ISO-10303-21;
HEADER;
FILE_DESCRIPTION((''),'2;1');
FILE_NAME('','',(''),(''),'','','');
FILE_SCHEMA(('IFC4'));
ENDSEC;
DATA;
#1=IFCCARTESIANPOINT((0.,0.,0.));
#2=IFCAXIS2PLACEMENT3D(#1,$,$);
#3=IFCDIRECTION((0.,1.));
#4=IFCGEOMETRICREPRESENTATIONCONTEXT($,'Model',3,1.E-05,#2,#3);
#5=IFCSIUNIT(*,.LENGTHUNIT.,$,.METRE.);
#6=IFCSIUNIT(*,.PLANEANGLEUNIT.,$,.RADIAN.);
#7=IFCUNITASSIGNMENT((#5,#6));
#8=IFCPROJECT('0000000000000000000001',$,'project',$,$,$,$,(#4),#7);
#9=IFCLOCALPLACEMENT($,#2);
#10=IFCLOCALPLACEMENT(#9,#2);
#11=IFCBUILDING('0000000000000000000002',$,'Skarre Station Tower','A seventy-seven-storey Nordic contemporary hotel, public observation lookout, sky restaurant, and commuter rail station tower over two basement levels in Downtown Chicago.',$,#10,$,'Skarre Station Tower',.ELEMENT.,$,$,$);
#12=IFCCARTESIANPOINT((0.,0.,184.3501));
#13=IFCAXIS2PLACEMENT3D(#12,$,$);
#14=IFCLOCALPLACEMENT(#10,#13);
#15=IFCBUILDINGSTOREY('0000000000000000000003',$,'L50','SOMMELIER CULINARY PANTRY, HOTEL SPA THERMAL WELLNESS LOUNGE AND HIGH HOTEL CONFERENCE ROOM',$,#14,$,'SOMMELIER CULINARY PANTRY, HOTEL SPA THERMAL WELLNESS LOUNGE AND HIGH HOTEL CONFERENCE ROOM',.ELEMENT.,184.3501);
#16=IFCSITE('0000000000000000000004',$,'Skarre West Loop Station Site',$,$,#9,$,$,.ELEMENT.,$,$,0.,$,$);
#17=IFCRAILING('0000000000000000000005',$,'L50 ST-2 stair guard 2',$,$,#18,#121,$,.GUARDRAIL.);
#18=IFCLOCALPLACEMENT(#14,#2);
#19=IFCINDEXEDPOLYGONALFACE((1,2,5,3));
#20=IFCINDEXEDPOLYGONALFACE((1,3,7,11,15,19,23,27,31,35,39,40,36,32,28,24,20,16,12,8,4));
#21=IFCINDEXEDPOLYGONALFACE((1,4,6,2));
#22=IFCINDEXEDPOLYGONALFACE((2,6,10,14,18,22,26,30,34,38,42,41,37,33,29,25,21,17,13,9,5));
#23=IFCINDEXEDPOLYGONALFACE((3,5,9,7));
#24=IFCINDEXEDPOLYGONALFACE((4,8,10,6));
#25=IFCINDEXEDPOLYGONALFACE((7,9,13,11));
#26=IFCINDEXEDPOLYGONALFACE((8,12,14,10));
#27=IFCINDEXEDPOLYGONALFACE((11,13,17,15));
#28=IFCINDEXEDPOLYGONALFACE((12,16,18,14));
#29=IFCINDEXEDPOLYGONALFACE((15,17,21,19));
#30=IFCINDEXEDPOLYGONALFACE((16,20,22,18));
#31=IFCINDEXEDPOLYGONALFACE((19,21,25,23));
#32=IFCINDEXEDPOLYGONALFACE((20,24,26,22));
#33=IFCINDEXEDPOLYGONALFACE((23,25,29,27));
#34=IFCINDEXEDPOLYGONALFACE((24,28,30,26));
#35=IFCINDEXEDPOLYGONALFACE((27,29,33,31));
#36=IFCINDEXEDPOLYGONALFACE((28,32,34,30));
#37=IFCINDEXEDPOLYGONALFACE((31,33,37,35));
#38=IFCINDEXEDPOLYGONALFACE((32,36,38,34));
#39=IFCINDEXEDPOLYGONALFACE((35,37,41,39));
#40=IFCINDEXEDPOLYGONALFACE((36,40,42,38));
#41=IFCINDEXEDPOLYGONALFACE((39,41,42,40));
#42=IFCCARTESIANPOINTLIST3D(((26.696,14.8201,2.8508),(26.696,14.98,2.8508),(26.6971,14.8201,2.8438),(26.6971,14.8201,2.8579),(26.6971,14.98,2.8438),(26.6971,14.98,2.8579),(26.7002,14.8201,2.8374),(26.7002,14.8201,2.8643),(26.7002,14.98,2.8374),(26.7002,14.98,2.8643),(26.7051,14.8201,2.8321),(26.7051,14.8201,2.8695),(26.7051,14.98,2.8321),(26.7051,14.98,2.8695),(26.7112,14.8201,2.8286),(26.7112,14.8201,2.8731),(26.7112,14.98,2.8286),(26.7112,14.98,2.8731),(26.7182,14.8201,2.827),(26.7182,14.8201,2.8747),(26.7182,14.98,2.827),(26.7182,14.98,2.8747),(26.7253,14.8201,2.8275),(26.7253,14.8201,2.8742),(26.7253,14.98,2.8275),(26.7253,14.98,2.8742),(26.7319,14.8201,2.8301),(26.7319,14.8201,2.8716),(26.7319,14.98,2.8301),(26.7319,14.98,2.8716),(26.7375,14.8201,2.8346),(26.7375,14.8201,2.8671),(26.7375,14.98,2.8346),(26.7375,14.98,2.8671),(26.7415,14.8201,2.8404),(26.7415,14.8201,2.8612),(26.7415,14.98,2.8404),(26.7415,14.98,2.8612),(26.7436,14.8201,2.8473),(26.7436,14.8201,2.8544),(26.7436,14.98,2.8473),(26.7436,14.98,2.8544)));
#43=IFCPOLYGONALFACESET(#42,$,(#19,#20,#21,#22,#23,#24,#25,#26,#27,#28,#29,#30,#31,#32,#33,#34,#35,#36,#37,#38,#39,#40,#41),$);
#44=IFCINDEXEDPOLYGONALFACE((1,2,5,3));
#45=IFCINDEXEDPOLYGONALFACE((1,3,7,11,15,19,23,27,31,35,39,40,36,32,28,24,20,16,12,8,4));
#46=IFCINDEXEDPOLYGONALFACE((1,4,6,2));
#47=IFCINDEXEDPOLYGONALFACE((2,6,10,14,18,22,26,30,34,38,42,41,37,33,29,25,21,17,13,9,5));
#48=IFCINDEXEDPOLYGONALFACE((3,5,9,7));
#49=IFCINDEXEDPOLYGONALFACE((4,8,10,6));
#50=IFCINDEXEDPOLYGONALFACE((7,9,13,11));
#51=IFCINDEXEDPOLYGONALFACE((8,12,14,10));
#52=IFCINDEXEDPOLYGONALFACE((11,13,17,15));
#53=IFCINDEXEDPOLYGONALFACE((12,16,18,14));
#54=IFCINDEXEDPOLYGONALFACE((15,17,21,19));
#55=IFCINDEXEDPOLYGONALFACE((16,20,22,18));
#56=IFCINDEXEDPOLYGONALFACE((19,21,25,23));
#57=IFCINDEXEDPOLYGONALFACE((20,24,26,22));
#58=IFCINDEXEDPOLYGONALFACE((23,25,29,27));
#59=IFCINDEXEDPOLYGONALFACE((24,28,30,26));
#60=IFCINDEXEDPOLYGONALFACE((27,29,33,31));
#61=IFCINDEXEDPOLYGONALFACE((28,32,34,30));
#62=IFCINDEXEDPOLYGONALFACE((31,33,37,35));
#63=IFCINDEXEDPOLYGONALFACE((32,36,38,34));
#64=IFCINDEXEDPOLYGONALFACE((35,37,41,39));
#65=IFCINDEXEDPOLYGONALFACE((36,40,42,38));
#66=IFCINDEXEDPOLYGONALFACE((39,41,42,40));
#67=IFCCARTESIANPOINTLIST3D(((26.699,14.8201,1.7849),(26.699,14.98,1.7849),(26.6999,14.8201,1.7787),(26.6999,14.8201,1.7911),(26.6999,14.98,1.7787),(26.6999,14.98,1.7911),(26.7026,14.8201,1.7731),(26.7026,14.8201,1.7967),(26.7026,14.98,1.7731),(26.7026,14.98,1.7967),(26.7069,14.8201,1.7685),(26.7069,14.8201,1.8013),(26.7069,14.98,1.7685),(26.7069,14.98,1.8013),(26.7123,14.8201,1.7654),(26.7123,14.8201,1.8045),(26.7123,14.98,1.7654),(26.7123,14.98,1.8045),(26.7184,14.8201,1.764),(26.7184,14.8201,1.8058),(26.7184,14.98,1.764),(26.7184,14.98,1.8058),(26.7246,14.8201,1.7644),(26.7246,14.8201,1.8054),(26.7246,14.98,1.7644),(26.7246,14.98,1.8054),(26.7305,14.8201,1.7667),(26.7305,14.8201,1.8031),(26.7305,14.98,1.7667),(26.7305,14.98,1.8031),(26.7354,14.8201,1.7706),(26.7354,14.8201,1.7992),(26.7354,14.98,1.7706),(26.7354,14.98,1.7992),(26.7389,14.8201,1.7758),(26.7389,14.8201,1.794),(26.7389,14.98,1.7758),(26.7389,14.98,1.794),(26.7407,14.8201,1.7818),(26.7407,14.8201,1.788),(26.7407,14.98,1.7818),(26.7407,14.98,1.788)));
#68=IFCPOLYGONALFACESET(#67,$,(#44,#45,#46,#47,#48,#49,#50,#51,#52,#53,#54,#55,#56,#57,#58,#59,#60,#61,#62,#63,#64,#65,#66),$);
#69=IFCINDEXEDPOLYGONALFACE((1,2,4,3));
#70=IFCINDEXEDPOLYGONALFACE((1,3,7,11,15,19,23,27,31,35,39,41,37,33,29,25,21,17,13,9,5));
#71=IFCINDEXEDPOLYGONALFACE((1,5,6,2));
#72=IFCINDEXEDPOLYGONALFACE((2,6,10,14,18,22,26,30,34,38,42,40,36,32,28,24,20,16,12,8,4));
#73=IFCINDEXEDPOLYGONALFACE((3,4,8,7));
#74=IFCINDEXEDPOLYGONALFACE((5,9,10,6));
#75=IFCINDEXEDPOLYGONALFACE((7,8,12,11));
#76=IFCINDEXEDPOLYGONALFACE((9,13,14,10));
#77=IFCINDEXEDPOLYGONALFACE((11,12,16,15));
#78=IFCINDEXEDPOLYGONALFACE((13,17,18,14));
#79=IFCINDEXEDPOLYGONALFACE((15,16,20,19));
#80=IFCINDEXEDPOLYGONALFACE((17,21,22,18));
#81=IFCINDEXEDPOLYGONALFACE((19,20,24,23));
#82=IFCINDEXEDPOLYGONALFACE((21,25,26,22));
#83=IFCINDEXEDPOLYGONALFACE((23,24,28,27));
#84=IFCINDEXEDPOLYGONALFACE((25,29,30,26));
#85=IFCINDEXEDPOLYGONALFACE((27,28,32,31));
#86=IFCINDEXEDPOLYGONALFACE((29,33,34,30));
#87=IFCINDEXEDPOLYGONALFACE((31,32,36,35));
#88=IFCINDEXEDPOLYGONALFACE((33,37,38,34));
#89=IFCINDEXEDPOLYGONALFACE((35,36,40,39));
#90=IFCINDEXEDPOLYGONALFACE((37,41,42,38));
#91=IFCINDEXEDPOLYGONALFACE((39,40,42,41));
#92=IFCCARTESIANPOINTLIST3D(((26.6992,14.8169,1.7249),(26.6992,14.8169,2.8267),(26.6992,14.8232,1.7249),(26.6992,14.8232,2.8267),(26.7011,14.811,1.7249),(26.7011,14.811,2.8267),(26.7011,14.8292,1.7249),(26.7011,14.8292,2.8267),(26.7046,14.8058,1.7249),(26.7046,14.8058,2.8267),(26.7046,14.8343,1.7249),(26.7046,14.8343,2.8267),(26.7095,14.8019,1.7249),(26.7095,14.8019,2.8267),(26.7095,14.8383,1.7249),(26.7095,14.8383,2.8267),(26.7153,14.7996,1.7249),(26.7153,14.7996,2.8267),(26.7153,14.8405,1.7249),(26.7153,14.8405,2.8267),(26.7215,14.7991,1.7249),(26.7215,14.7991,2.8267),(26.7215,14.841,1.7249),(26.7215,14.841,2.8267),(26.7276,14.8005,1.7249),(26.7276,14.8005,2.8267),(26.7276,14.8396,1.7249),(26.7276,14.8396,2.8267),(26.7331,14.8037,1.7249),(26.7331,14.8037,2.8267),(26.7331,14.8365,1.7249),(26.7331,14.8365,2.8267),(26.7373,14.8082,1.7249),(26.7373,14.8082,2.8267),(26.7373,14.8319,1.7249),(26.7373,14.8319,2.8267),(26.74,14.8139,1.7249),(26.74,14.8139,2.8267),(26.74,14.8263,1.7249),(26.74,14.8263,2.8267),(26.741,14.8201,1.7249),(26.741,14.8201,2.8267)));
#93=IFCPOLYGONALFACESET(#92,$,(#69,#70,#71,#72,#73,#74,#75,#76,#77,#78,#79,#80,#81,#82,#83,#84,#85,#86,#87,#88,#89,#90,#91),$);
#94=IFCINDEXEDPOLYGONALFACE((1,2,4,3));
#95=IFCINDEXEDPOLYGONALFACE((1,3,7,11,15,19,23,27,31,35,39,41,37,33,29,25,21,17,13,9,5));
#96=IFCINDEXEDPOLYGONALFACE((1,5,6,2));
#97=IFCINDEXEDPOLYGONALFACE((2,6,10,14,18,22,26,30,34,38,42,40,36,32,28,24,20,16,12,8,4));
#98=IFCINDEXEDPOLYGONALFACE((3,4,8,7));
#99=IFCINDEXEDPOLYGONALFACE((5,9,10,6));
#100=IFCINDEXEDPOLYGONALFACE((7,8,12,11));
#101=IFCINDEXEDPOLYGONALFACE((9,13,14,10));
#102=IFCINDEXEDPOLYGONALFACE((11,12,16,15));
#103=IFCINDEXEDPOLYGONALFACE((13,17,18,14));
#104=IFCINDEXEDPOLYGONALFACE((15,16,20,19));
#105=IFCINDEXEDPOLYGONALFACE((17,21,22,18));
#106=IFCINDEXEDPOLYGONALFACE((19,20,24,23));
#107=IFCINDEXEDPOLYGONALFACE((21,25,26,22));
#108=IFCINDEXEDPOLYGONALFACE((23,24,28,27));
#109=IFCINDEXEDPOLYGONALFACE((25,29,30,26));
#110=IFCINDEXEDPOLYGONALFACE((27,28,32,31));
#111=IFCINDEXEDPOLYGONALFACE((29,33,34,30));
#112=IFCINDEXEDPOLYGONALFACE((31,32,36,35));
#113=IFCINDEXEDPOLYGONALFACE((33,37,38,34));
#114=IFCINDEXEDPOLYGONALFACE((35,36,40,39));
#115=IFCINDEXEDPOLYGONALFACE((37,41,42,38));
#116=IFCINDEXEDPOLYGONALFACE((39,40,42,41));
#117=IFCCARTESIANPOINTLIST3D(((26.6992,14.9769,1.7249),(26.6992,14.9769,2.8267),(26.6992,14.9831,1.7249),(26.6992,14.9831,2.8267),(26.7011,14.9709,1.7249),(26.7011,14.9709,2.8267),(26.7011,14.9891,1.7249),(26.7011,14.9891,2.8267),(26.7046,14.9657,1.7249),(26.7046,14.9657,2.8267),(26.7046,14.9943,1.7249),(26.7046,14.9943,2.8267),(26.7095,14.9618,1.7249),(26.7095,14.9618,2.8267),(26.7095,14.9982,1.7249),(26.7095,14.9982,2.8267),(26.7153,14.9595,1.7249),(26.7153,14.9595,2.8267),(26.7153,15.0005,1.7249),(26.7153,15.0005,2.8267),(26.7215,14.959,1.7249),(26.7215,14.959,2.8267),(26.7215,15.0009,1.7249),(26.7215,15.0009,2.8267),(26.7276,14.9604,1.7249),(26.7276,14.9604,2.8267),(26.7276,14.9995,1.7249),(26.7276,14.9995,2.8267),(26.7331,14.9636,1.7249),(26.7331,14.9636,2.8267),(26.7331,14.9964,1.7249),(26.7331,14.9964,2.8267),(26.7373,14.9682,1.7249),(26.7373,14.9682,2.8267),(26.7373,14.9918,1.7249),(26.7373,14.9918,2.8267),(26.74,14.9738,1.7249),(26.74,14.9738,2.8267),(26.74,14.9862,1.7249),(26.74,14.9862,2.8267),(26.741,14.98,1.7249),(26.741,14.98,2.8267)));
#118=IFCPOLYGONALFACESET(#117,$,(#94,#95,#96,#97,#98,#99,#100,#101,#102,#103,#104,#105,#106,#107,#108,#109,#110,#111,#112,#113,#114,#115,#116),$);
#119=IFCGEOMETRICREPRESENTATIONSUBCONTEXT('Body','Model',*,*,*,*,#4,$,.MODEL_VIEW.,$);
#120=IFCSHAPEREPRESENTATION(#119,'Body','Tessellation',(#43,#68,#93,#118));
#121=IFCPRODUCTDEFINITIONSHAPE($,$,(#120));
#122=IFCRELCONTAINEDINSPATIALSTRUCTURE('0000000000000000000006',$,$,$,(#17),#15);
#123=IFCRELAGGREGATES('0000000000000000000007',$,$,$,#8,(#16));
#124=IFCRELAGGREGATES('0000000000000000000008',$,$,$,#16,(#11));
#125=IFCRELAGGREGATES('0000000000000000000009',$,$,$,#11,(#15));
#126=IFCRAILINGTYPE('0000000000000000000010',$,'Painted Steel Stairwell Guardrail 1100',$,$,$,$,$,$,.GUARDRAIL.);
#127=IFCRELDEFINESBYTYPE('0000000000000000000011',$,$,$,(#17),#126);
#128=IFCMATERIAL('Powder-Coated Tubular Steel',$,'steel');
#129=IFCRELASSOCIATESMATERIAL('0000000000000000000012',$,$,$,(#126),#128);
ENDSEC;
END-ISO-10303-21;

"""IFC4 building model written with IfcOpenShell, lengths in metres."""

from ifc_helpers import new_model, si_unit, direction, frame, origin, origin_2d, place, context, subcontext, project, spatial, circle, extrude, material, type_object, element, save


model = new_model("IFC4")

# Units and contexts
model_context = context("Model", 3, precision=1e-05, world=origin(), true_north=direction((0.0, 1.0)))
body_context = subcontext(model_context, "Body", "Model", "MODEL_VIEW")
ifc_project = project(units=[si_unit("LENGTHUNIT", "METRE"), si_unit("PLANEANGLEUNIT", "RADIAN")], contexts=[model_context])

# Site, building, storey
site_placement = place(None, origin())
site = spatial("IfcSite", under=ifc_project, at=site_placement, Name="Skarre West Loop Station Site", CompositionType="ELEMENT", RefElevation=0.0)
building_placement = place(site_placement, origin())
building = spatial("IfcBuilding", under=site, at=building_placement, Name="Skarre Station Tower", Description="A seventy-seven-storey Nordic contemporary hotel, public observation lookout, sky restaurant, and commuter rail station tower over two basement levels in Downtown Chicago.", LongName="Skarre Station Tower", CompositionType="ELEMENT")
storey_placement = place(building_placement, frame((0.0, 0.0, 184.3501)))
storey = spatial("IfcBuildingStorey", under=building, at=storey_placement, Name="L50", Description="SOMMELIER CULINARY PANTRY, HOTEL SPA THERMAL WELLNESS LOUNGE AND HIGH HOTEL CONFERENCE ROOM", LongName="SOMMELIER CULINARY PANTRY, HOTEL SPA THERMAL WELLNESS LOUNGE AND HIGH HOTEL CONFERENCE ROOM", CompositionType="ELEMENT", Elevation=184.3501)

# Railing
ifc_material_1 = material(Name="Powder-Coated Tubular Steel", Category="steel")
railing_type_1 = type_object("IfcRailingType", Name="Painted Steel Stairwell Guardrail 1100", PredefinedType="GUARDRAIL", material=ifc_material_1)
railing_1_placement = place(storey_placement, frame((26.72, 14.8201, 1.7249)))
element("IfcRailing", 1, at=railing_1_placement, inside=storey, type_object=railing_type_1, Name="L50 ST-2 stair guard 2", PredefinedType="GUARDRAIL", context=body_context, shape_type="SweptSolid", body=[
    extrude(circle(Radius=0.0239, at=origin_2d()), frame((0.0, 0.0, 1.126), z_axis=(0.0, 1.0, 0.0), x_axis=(-1.0, 0.0, 0.0)), (0.0, 0.0, 1.0), 0.1599),
    extrude(circle(Radius=0.021, at=origin_2d()), frame((0.0, 0.0, 0.0601), z_axis=(0.0, 1.0, 0.0), x_axis=(-1.0, 0.0, 0.0)), (0.0, 0.0, 1.0), 0.1599),
    extrude(circle(Radius=0.021, at=origin_2d()), origin(), (0.0, 0.0, 1.0), 1.1018),
    extrude(circle(Radius=0.021, at=origin_2d()), frame((0.0, 0.1599, 0.0)), (0.0, 0.0, 1.0), 1.1018),
])

save(model, "model.ifc")
